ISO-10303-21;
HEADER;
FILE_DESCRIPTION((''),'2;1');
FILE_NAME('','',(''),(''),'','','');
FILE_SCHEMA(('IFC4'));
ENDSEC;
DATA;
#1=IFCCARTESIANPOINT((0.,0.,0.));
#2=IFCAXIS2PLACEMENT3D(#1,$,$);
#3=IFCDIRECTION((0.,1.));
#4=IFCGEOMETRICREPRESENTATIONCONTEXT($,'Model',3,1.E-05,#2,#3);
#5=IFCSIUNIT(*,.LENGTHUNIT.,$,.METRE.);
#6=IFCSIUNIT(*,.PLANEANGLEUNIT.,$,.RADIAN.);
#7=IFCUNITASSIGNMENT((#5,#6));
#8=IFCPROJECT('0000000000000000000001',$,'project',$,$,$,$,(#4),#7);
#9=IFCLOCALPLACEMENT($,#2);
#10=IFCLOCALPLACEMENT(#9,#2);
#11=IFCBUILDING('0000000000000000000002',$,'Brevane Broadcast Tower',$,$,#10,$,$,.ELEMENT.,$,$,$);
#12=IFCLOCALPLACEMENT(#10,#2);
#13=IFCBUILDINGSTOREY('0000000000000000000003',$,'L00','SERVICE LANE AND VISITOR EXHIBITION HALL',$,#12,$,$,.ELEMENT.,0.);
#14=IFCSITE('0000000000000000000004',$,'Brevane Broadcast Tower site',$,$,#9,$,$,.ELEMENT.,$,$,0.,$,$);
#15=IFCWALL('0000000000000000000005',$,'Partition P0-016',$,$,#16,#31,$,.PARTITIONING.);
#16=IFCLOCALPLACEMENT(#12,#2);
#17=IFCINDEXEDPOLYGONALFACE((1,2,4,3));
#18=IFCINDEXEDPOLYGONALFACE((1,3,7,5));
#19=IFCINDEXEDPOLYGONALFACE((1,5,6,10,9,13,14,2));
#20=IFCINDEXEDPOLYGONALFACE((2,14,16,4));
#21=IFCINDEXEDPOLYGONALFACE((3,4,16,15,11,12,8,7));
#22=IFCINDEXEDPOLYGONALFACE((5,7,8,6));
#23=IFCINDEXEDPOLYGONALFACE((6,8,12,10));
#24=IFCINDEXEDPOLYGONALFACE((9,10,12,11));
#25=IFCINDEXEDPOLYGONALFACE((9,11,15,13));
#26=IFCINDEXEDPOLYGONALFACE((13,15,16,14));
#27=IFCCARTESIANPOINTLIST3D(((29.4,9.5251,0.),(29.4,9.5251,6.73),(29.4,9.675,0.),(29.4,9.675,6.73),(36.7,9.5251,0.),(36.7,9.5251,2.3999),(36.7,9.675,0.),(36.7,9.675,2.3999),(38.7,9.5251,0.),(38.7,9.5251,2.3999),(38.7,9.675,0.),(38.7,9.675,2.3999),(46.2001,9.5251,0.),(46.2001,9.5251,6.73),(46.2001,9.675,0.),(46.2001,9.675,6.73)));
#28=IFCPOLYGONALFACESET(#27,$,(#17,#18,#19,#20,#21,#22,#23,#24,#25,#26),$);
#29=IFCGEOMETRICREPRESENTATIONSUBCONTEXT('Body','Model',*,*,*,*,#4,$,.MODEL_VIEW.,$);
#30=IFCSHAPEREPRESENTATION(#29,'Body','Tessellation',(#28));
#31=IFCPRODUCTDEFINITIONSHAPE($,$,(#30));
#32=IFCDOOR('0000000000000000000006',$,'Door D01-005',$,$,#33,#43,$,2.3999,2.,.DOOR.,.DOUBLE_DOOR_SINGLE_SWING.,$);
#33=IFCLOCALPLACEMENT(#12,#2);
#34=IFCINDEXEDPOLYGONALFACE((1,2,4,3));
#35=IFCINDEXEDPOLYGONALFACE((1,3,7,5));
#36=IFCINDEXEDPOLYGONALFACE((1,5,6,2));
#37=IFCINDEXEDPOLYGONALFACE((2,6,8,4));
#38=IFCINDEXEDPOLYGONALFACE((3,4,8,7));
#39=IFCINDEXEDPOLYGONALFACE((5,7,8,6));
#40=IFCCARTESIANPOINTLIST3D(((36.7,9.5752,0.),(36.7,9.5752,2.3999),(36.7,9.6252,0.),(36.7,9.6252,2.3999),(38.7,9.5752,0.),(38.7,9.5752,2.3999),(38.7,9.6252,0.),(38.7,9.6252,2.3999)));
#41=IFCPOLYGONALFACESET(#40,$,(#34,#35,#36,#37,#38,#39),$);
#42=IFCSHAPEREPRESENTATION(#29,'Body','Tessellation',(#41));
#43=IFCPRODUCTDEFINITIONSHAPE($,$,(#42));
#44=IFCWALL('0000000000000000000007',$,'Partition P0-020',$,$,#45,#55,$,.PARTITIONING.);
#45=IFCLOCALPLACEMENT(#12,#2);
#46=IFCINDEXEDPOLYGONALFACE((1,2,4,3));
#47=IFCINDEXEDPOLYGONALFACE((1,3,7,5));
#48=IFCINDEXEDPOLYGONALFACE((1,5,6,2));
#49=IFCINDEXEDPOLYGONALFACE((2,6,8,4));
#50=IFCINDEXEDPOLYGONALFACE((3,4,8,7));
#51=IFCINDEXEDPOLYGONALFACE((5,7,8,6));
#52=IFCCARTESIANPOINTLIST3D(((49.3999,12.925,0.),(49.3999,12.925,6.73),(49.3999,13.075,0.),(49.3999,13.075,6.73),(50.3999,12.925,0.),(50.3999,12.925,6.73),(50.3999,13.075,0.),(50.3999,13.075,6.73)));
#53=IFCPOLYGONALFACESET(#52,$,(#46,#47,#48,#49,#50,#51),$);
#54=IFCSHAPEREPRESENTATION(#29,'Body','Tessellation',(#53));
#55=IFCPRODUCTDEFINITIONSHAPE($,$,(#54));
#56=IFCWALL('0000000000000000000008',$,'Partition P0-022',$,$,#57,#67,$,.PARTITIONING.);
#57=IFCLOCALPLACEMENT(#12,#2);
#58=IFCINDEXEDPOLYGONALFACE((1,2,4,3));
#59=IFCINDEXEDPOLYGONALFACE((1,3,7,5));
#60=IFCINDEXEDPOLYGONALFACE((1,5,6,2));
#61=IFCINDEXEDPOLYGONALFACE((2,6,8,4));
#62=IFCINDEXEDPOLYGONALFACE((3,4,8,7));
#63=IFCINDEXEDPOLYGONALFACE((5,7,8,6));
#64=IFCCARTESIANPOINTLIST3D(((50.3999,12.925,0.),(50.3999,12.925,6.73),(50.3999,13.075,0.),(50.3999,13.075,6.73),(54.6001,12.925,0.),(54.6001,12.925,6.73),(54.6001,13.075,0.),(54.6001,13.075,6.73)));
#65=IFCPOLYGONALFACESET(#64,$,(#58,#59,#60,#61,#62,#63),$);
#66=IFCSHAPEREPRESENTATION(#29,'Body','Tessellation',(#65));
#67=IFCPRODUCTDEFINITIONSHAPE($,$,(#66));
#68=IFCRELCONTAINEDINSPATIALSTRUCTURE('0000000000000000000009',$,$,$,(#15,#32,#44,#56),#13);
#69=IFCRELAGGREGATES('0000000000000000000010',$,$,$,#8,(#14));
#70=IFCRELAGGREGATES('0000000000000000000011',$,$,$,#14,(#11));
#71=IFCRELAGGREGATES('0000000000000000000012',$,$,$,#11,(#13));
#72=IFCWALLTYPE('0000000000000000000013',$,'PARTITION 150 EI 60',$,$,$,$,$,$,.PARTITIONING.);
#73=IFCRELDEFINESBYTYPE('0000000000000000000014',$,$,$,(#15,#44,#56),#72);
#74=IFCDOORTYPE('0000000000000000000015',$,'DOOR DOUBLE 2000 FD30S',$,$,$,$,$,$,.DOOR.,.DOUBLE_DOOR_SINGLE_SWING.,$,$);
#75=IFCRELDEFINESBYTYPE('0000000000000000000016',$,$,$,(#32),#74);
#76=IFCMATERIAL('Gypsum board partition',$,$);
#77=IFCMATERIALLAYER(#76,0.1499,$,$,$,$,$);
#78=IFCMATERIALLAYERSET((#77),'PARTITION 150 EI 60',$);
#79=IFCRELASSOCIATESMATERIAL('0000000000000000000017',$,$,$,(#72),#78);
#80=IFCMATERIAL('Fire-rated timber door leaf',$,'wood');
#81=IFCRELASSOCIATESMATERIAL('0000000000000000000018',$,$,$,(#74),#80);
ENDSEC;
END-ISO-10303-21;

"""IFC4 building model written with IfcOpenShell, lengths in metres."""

from ifc_helpers import new_model, si_unit, direction, frame, frame_2d, origin, place, context, subcontext, project, spatial, rectangle, extrude, material, layer, layer_set, type_object, element, fill, save


model = new_model("IFC4")

# Units and contexts
model_context = context("Model", 3, precision=1e-05, world=origin(), true_north=direction((0.0, 1.0)))
body_context = subcontext(model_context, "Body", "Model", "MODEL_VIEW")
ifc_project = project(units=[si_unit("LENGTHUNIT", "METRE"), si_unit("PLANEANGLEUNIT", "RADIAN")], contexts=[model_context])

# Site, building, storey
site_placement = place(None, origin())
site = spatial("IfcSite", under=ifc_project, at=site_placement, Name="Brevane Broadcast Tower site", CompositionType="ELEMENT", RefElevation=0.0)
building_placement = place(site_placement, origin())
building = spatial("IfcBuilding", under=site, at=building_placement, Name="Brevane Broadcast Tower", CompositionType="ELEMENT")
storey_placement = place(building_placement, origin())
storey = spatial("IfcBuildingStorey", under=building, at=storey_placement, Name="L00", Description="SERVICE LANE AND VISITOR EXHIBITION HALL", CompositionType="ELEMENT", Elevation=0.0)

# Shared definitions
ifc_material_1 = material(Name="Gypsum board partition")

# Wall, opening, door
ifc_layer_1 = layer(ifc_material_1, 0.1499)
ifc_layer_set_1 = layer_set([ifc_layer_1], Name="PARTITION 150 EI 60")
wall_type_1 = type_object("IfcWallType", Name="PARTITION 150 EI 60", PredefinedType="PARTITIONING", material=ifc_layer_set_1)
wall_1_placement = place(storey_placement, frame((46.2, 9.6001, 0.0), z_axis=(0.0, 0.0, 1.0), x_axis=(-1.0, 0.0, 0.0)))
wall_1 = element("IfcWall", 1, at=wall_1_placement, inside=storey, type_object=wall_type_1, Name="Partition P0-016", PredefinedType="PARTITIONING", context=body_context, shape_type="SweptSolid", body=[
    extrude(rectangle(XDim=16.8, YDim=0.1499, at=frame_2d((8.3999, 0.0))), origin(), (0.0, 0.0, 1.0), 6.73),
])
opening_1_placement = place(wall_1_placement, frame((7.5, 0.0, 0.0)))
opening_1 = element("IfcOpeningElement", 2, at=opening_1_placement, cuts=wall_1, PredefinedType="OPENING", context=body_context, shape_type="SweptSolid", body=[
    extrude(rectangle(XDim=2.0, YDim=2.3999, at=frame_2d((1.0, 1.2))), frame((0.0, 0.085, 0.0), z_axis=(0.0, -1.0, 0.0), x_axis=(1.0, 0.0, 0.0)), (0.0, 0.0, 1.0), 0.1699),
])
ifc_material_2 = material(Name="Fire-rated timber door leaf", Category="wood")
door_type_1 = type_object("IfcDoorType", Name="DOOR DOUBLE 2000 FD30S", OperationType="DOUBLE_DOOR_SINGLE_SWING", PredefinedType="DOOR", material=ifc_material_2)
door_1_placement = place(opening_1_placement, origin())
door_1 = element("IfcDoor", 3, at=door_1_placement, inside=storey, type_object=door_type_1, Name="Door D01-005", OperationType="DOUBLE_DOOR_SINGLE_SWING", OverallHeight=2.3999, OverallWidth=2.0, PredefinedType="DOOR", context=body_context, shape_type="SweptSolid", body=[
    extrude(rectangle(XDim=2.0, YDim=2.3999, at=frame_2d((1.0, 1.2))), frame((0.0, 0.0249, 0.0), z_axis=(0.0, -1.0, 0.0), x_axis=(1.0, 0.0, 0.0)), (0.0, 0.0, 1.0), 0.05),
])
fill(opening_1, door_1)

# Walls
wall_2_placement = place(storey_placement, frame((49.3999, 13.0, 0.0), z_axis=(0.0, 0.0, 1.0), x_axis=(1.0, 0.0, 0.0)))
element("IfcWall", 4, at=wall_2_placement, inside=storey, type_object=wall_type_1, Name="Partition P0-020", PredefinedType="PARTITIONING", context=body_context, shape_type="SweptSolid", body=[
    extrude(rectangle(XDim=1.0, YDim=0.1499, at=frame_2d((0.5, 0.0))), origin(), (0.0, 0.0, 1.0), 6.73),
])
wall_3_placement = place(storey_placement, frame((50.3999, 13.0, 0.0), z_axis=(0.0, 0.0, 1.0), x_axis=(1.0, 0.0, 0.0)))
element("IfcWall", 5, at=wall_3_placement, inside=storey, type_object=wall_type_1, Name="Partition P0-022", PredefinedType="PARTITIONING", context=body_context, shape_type="SweptSolid", body=[
    extrude(rectangle(XDim=4.2002, YDim=0.1499, at=frame_2d((2.1001, 0.0))), origin(), (0.0, 0.0, 1.0), 6.73),
])

save(model, "model.ifc")
